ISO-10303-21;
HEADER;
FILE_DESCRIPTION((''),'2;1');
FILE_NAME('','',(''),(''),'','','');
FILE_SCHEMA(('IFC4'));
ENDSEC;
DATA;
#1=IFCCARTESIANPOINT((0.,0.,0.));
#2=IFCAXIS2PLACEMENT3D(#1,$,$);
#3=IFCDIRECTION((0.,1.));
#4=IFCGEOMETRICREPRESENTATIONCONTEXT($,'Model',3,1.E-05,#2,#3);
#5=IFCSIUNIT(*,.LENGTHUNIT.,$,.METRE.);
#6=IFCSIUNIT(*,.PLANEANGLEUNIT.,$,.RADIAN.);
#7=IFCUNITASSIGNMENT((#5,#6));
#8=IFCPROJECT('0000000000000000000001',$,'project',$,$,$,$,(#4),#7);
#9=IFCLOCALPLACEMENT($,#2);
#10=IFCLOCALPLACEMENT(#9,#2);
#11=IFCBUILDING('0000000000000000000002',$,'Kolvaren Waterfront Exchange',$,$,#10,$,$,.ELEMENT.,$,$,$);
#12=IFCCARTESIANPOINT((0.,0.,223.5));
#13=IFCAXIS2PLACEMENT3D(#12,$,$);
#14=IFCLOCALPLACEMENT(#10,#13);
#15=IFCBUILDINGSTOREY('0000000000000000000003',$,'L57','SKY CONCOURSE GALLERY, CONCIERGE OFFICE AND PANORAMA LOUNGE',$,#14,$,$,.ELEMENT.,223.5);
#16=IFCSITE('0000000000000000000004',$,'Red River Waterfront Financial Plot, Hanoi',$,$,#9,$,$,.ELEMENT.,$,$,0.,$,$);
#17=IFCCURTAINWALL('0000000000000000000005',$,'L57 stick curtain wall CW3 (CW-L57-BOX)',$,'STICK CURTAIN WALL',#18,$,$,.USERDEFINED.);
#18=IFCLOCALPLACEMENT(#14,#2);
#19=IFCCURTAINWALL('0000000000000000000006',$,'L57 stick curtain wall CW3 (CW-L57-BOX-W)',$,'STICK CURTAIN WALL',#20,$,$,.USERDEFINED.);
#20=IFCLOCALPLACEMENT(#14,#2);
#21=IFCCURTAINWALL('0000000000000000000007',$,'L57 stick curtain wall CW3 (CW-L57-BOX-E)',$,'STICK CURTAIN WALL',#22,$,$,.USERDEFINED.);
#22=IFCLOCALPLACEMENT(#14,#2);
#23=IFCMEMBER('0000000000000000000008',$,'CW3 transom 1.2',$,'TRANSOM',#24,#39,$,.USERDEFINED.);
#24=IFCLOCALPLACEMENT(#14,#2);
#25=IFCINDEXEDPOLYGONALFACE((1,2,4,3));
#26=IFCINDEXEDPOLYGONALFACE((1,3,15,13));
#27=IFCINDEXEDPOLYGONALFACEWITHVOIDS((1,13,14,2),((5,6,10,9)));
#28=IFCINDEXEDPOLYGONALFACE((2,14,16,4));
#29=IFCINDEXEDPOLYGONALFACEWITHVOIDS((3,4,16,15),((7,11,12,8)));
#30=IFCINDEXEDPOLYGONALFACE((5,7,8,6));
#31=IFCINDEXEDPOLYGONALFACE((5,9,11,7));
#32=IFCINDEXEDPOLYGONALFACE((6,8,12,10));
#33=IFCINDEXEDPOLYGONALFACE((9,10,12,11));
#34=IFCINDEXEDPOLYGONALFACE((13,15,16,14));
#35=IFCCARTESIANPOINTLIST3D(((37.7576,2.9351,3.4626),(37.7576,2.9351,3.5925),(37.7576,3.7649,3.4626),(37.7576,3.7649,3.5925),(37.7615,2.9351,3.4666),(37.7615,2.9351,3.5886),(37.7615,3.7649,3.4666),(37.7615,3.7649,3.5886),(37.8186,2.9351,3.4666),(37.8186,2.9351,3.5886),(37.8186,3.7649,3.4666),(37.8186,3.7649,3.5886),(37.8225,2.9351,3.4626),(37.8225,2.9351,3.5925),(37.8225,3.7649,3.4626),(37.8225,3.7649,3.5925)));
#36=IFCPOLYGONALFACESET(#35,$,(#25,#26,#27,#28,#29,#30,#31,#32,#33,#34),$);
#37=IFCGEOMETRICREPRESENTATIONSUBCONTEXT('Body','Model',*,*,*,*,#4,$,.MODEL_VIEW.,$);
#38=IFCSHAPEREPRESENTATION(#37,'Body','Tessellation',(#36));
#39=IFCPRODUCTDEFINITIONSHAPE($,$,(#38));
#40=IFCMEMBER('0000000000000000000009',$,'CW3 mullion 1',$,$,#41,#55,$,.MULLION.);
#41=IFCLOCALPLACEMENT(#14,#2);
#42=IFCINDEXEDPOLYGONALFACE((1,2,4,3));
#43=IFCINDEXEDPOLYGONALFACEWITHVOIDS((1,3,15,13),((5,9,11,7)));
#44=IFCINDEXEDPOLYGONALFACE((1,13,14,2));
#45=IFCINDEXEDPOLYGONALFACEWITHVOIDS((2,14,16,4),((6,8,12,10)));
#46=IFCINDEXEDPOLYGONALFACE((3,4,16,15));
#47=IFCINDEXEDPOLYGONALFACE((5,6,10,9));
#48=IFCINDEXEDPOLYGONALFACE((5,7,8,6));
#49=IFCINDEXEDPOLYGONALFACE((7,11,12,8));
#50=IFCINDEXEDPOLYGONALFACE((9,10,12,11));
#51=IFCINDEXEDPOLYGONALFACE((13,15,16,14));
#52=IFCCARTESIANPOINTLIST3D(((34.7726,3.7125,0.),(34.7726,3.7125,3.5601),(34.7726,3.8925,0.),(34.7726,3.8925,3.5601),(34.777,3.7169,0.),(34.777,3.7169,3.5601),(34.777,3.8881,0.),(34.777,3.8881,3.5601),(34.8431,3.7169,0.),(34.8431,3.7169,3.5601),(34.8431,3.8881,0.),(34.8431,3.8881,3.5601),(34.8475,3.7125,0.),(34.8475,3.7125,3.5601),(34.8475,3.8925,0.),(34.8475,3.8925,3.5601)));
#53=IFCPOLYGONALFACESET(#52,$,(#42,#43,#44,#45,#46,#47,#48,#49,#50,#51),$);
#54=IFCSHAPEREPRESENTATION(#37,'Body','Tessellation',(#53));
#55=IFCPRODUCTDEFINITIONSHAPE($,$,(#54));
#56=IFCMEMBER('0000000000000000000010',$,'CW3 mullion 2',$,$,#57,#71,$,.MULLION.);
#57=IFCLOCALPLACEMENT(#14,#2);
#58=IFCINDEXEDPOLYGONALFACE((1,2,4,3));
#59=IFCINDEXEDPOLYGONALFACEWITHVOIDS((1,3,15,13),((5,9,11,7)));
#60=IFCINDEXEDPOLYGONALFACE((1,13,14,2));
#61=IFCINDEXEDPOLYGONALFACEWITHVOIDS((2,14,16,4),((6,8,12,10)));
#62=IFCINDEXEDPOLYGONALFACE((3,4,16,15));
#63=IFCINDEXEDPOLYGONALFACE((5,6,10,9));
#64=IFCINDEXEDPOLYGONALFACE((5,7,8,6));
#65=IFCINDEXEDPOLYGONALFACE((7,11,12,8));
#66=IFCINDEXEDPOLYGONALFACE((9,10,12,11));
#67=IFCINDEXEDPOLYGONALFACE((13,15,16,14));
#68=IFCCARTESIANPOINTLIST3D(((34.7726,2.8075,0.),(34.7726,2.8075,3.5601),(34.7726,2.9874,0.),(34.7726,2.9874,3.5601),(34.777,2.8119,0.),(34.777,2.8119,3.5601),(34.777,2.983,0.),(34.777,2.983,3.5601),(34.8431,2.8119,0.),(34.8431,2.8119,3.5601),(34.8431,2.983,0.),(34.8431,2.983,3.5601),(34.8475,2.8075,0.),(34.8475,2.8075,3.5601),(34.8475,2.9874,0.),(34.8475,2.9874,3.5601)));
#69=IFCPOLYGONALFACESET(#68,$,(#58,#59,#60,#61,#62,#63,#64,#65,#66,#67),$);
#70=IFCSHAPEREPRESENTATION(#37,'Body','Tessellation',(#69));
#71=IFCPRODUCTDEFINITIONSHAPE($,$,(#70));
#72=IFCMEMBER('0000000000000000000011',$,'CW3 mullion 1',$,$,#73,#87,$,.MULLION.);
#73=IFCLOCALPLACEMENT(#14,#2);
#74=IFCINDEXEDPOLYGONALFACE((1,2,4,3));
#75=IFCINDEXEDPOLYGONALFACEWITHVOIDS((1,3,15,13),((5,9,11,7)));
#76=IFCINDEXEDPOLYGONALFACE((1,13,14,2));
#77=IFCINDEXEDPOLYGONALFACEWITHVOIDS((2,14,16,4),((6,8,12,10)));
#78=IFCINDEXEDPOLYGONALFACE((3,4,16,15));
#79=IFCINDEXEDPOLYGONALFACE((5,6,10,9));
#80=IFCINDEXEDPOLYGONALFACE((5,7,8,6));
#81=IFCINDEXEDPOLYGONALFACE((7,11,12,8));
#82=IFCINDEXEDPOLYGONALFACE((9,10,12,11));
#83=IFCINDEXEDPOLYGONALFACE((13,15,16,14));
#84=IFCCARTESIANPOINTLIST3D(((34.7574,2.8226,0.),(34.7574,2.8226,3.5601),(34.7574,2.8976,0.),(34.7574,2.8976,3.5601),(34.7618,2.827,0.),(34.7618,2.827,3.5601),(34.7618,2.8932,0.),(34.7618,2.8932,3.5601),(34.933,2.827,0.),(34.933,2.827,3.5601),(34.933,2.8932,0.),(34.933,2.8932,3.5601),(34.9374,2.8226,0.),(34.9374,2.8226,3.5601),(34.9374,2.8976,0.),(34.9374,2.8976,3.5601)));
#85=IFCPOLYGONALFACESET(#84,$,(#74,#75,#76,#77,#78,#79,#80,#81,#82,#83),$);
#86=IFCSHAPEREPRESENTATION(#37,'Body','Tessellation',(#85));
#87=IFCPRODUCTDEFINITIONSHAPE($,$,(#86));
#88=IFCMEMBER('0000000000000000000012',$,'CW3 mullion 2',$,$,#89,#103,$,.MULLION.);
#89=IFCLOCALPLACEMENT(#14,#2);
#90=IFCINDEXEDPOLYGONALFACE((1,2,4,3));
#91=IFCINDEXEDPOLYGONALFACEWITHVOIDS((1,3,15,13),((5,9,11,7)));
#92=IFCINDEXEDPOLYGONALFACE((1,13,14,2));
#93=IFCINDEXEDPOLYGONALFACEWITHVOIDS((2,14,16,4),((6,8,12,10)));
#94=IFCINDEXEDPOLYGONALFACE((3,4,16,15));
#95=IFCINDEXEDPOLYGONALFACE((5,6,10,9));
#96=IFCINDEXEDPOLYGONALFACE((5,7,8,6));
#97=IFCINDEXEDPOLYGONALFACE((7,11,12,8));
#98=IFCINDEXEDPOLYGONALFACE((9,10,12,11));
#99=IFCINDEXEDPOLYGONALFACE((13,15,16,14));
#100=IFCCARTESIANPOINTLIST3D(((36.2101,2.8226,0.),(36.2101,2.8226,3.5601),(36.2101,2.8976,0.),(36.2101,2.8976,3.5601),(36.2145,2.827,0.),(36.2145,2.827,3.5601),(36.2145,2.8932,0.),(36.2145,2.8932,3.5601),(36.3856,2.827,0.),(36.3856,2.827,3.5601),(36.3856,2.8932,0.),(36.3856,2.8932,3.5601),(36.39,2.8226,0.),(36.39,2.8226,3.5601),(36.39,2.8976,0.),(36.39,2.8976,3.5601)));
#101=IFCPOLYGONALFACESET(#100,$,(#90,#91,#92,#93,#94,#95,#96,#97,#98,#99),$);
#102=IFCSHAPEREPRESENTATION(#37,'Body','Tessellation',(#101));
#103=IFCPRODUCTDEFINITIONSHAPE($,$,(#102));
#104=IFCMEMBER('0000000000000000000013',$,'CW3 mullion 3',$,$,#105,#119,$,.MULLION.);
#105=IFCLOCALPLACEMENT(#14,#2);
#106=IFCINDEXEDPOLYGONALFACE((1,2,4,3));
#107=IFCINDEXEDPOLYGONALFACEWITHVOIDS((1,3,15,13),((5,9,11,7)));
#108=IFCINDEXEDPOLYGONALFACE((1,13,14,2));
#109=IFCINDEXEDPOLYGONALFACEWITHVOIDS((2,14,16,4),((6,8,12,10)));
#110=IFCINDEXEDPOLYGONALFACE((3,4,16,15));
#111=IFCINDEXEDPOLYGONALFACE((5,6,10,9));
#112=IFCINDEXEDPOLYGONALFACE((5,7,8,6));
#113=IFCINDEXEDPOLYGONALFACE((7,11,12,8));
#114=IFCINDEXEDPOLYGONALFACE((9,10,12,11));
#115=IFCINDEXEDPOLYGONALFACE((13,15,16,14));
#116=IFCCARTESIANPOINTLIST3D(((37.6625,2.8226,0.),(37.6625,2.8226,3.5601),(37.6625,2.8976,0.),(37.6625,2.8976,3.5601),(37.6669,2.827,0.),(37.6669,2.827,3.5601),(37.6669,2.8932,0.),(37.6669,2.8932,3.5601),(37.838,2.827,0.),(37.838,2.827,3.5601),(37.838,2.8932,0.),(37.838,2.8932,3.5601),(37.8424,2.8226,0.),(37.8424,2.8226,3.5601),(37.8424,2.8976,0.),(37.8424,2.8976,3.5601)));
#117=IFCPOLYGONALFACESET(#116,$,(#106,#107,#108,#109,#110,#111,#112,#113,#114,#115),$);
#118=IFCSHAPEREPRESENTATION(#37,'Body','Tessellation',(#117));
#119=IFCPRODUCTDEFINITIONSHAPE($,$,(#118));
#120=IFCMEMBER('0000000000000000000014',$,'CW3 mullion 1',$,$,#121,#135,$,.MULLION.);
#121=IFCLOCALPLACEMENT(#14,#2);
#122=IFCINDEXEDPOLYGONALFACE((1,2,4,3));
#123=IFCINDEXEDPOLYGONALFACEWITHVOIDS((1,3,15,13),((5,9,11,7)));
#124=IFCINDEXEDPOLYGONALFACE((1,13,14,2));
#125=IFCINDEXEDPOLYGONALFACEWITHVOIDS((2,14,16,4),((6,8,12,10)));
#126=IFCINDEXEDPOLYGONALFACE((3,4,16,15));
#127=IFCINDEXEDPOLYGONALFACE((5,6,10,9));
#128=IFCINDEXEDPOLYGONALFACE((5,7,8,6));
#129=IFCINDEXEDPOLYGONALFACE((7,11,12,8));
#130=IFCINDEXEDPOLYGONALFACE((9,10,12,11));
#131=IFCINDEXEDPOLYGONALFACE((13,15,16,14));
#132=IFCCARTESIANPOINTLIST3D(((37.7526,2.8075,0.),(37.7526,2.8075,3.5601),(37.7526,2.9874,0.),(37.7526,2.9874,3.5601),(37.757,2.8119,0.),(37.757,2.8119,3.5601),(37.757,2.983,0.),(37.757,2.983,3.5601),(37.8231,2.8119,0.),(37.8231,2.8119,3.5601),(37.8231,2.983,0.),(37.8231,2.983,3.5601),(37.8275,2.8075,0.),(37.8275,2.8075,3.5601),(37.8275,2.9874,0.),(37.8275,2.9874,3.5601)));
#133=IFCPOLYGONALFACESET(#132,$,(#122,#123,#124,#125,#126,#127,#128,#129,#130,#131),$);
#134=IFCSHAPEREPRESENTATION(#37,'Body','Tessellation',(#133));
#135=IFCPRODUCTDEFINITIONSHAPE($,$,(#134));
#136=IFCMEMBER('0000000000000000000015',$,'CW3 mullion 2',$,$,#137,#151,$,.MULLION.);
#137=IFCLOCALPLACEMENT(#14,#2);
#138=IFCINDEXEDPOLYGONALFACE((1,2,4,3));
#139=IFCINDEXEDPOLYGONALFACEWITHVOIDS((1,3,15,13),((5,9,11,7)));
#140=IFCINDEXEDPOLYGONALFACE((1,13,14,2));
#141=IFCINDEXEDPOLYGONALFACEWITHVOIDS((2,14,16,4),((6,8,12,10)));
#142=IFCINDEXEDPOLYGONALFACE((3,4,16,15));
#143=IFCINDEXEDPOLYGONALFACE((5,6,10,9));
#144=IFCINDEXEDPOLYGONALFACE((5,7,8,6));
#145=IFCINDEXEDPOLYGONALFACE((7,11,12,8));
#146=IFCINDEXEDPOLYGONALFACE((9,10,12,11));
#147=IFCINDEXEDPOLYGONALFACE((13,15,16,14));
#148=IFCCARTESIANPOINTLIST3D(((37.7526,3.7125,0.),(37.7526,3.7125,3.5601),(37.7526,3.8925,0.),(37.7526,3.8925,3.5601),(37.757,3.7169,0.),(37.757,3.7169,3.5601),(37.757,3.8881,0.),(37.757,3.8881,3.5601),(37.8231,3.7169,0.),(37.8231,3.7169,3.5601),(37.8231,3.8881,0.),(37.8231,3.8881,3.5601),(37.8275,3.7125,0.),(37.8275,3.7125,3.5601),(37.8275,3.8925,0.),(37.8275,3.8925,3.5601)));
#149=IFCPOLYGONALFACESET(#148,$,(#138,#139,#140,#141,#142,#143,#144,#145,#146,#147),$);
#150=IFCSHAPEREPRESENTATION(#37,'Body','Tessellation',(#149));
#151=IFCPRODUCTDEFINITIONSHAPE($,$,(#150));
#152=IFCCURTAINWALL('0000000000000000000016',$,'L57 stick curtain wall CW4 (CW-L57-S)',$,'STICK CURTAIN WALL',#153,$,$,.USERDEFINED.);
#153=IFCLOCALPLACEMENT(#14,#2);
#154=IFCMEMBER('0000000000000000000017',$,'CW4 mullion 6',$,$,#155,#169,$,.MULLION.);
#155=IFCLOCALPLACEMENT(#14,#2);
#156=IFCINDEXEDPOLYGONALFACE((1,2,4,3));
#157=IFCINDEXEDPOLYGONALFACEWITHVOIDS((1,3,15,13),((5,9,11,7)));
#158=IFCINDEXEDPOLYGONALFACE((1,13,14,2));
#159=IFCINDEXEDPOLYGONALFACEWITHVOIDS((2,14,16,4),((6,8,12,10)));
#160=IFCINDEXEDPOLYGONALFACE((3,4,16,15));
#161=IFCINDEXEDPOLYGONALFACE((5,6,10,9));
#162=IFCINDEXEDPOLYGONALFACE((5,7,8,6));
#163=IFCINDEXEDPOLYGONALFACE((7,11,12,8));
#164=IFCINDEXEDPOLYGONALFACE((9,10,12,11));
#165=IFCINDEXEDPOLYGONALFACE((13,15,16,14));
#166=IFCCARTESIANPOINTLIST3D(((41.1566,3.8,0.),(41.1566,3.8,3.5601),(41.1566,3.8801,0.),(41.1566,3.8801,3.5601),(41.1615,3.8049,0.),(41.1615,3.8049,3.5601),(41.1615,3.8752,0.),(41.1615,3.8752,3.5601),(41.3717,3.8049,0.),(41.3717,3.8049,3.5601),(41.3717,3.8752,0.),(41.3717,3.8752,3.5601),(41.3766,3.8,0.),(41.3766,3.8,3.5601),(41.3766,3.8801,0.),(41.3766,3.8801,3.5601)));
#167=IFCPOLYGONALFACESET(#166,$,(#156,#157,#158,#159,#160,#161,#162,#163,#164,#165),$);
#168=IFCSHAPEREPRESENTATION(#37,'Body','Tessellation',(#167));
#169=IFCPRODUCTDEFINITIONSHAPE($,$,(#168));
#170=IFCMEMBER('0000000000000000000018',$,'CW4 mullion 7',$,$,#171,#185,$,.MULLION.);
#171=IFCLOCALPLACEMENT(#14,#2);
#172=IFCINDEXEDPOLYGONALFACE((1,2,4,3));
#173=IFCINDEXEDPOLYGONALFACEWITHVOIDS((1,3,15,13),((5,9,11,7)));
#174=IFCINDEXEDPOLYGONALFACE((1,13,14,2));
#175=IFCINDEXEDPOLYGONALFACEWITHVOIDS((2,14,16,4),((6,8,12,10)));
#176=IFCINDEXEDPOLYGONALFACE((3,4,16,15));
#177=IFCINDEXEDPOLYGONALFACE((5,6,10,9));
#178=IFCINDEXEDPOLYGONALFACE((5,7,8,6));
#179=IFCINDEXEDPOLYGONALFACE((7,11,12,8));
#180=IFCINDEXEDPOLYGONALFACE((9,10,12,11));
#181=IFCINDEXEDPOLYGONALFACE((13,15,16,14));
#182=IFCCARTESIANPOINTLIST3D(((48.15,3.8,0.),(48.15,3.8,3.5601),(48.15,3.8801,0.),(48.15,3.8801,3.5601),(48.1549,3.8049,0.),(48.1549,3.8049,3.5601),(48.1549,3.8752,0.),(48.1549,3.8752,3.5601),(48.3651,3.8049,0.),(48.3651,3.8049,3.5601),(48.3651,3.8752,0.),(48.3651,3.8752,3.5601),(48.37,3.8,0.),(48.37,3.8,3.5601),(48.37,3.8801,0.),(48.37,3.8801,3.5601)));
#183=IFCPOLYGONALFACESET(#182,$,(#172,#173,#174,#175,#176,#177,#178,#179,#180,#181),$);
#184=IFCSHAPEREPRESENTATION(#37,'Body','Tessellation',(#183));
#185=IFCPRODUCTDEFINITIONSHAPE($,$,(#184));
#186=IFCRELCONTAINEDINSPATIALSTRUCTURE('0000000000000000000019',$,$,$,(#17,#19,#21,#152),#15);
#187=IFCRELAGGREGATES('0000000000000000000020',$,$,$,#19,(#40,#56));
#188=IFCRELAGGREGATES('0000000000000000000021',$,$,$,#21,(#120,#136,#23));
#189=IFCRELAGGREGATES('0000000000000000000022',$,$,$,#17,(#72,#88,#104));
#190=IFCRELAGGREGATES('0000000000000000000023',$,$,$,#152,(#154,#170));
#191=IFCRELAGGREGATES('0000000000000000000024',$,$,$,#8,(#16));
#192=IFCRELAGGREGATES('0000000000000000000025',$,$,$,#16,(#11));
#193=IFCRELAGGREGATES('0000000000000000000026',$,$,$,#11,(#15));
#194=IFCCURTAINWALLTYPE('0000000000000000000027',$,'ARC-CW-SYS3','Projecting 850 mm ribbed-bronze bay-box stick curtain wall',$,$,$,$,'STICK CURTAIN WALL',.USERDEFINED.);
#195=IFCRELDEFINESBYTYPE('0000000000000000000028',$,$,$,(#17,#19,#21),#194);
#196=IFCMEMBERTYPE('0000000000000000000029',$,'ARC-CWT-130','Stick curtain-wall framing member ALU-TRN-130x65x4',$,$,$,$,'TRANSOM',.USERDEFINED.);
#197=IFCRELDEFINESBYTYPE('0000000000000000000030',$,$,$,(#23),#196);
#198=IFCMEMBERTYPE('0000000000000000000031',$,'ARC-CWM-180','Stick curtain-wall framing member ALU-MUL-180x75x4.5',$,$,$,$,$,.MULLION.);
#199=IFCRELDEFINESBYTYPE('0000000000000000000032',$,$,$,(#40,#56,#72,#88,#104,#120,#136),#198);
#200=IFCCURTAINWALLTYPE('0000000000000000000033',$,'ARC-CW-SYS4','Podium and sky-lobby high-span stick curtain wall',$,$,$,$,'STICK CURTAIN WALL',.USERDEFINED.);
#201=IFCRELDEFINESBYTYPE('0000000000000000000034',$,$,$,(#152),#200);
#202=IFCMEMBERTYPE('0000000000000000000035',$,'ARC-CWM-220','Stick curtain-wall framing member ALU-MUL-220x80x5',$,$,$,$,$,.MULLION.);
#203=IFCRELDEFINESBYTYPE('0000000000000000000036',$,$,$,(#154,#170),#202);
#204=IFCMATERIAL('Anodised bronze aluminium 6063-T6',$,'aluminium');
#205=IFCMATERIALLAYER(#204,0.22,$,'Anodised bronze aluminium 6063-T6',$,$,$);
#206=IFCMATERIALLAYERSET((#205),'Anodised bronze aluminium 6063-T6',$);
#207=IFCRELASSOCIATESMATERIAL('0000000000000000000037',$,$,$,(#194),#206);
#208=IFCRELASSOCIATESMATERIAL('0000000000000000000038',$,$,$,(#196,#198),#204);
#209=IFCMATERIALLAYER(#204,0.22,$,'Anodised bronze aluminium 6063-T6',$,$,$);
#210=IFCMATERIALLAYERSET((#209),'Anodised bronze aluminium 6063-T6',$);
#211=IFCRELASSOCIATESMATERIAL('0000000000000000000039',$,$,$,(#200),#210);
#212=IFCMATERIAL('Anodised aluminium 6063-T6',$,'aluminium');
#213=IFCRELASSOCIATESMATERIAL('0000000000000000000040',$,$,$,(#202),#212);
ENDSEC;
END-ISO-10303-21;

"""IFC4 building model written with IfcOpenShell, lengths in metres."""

from ifc_helpers import new_model, si_unit, direction, frame, origin, origin_with_axes, origin_2d, place, context, subcontext, project, spatial, hollow_rectangle, extrude, source, transform, mapped, material, layer, layer_set, material_profile, profile_set, type_object, element, aggregate, save


model = new_model("IFC4")

# Units and contexts
model_context = context("Model", 3, precision=1e-05, world=origin(), true_north=direction((0.0, 1.0)))
body_context = subcontext(model_context, "Body", "Model", "MODEL_VIEW")
ifc_project = project(units=[si_unit("LENGTHUNIT", "METRE"), si_unit("PLANEANGLEUNIT", "RADIAN")], contexts=[model_context])

# Site, building, storey
site_placement = place(None, origin())
site = spatial("IfcSite", under=ifc_project, at=site_placement, Name="Red River Waterfront Financial Plot, Hanoi", CompositionType="ELEMENT", RefElevation=0.0)
building_placement = place(site_placement, origin())
building = spatial("IfcBuilding", under=site, at=building_placement, Name="Kolvaren Waterfront Exchange", CompositionType="ELEMENT")
storey_placement = place(building_placement, frame((0.0, 0.0, 223.5)))
storey = spatial("IfcBuildingStorey", under=building, at=storey_placement, Name="L57", Description="SKY CONCOURSE GALLERY, CONCIERGE OFFICE AND PANORAMA LOUNGE", CompositionType="ELEMENT", Elevation=223.5)

# Curtain walls, member
ifc_material_1 = material(Name="Anodised bronze aluminium 6063-T6", Category="aluminium")
ifc_layer_1 = layer(ifc_material_1, 0.22, Name="Anodised bronze aluminium 6063-T6")
ifc_layer_set_1 = layer_set([ifc_layer_1], Name="Anodised bronze aluminium 6063-T6")
curtain_wall_type_1 = type_object("IfcCurtainWallType", Name="ARC-CW-SYS3", Description="Projecting 850 mm ribbed-bronze bay-box stick curtain wall", ElementType="STICK CURTAIN WALL", PredefinedType="USERDEFINED", material=ifc_layer_set_1)
curtain_wall_1_placement = place(storey_placement, origin())
curtain_wall_1 = element("IfcCurtainWall", 1, at=curtain_wall_1_placement, inside=storey, type_object=curtain_wall_type_1, Name="L57 stick curtain wall CW3 (CW-L57-BOX)", ObjectType="STICK CURTAIN WALL", PredefinedType="USERDEFINED")
ifc_material_profile_1 = material_profile(ifc_material_1, hollow_rectangle(XDim=0.0649, YDim=0.1299, WallThickness=0.0039, at=origin_2d()), Name="ALU-TRN-130x65x4")
ifc_profile_set_1 = profile_set([ifc_material_profile_1], Name="Anodised bronze aluminium 6063-T6")
member_type_1 = type_object("IfcMemberType", Name="ARC-CWT-130", Description="Stick curtain-wall framing member ALU-TRN-130x65x4", ElementType="TRANSOM", PredefinedType="USERDEFINED", material=ifc_profile_set_1)
curtain_wall_2_placement = place(storey_placement, origin())
curtain_wall_2 = element("IfcCurtainWall", 2, at=curtain_wall_2_placement, inside=storey, type_object=curtain_wall_type_1, Name="L57 stick curtain wall CW3 (CW-L57-BOX-W)", ObjectType="STICK CURTAIN WALL", PredefinedType="USERDEFINED")
shared_shape_1 = source(origin_with_axes(), body_context, "Body", "SweptSolid", [
    extrude(hollow_rectangle(XDim=0.0649, YDim=0.1299, WallThickness=0.0039, at=origin_2d()), origin(), (0.0, 0.0, 1.0), 0.8298),
])
curtain_wall_3_placement = place(storey_placement, origin())
curtain_wall_3 = element("IfcCurtainWall", 3, at=curtain_wall_3_placement, inside=storey, type_object=curtain_wall_type_1, Name="L57 stick curtain wall CW3 (CW-L57-BOX-E)", ObjectType="STICK CURTAIN WALL", PredefinedType="USERDEFINED")
member_1_placement = place(storey_placement, frame((37.79, 2.9351, 3.5276), z_axis=(0.0, 1.0, 0.0), x_axis=(-1.0, 0.0, 0.0)))
member_1 = element("IfcMember", 4, at=member_1_placement, type_object=member_type_1, Name="CW3 transom 1.2", ObjectType="TRANSOM", PredefinedType="USERDEFINED", context=body_context, shape_type="MappedRepresentation", body=[
    mapped(shared_shape_1, transform((0.0, 0.0, 0.0), x_axis=(1.0, 0.0, 0.0), y_axis=(0.0, 1.0, 0.0), z_axis=(0.0, 0.0, 1.0), scale=1.0)),
])

# Members
ifc_material_profile_2 = material_profile(ifc_material_1, hollow_rectangle(XDim=0.075, YDim=0.1799, WallThickness=0.0044, at=origin_2d()), Name="ALU-MUL-180x75x4.5")
ifc_profile_set_2 = profile_set([ifc_material_profile_2], Name="Anodised bronze aluminium 6063-T6")
member_type_2 = type_object("IfcMemberType", Name="ARC-CWM-180", Description="Stick curtain-wall framing member ALU-MUL-180x75x4.5", PredefinedType="MULLION", material=ifc_profile_set_2)
shared_shape_2 = source(origin_with_axes(), body_context, "Body", "SweptSolid", [
    extrude(hollow_rectangle(XDim=0.075, YDim=0.1799, WallThickness=0.0044, at=origin_2d()), origin(), (0.0, 0.0, 1.0), 3.5601),
])
member_2_placement = place(storey_placement, frame((34.8101, 3.8025, 0.0), z_axis=(0.0, 0.0, 1.0), x_axis=(1.0, 0.0, 0.0)))
member_2 = element("IfcMember", 5, at=member_2_placement, type_object=member_type_2, Name="CW3 mullion 1", PredefinedType="MULLION", context=body_context, shape_type="MappedRepresentation", body=[
    mapped(shared_shape_2, transform((0.0, 0.0, 0.0), x_axis=(1.0, 0.0, 0.0), y_axis=(0.0, 1.0, 0.0), z_axis=(0.0, 0.0, 1.0), scale=1.0)),
])
member_3_placement = place(storey_placement, frame((34.8101, 2.8975, 0.0), z_axis=(0.0, 0.0, 1.0), x_axis=(1.0, 0.0, 0.0)))
member_3 = element("IfcMember", 6, at=member_3_placement, type_object=member_type_2, Name="CW3 mullion 2", PredefinedType="MULLION", context=body_context, shape_type="MappedRepresentation", body=[
    mapped(shared_shape_2, transform((0.0, 0.0, 0.0), x_axis=(1.0, 0.0, 0.0), y_axis=(0.0, 1.0, 0.0), z_axis=(0.0, 0.0, 1.0), scale=1.0)),
])
member_4_placement = place(storey_placement, frame((34.8474, 2.8601, 0.0), z_axis=(0.0, 0.0, 1.0), x_axis=(0.0, 1.0, 0.0)))
member_4 = element("IfcMember", 7, at=member_4_placement, type_object=member_type_2, Name="CW3 mullion 1", PredefinedType="MULLION", context=body_context, shape_type="MappedRepresentation", body=[
    mapped(shared_shape_2, transform((0.0, 0.0, 0.0), x_axis=(1.0, 0.0, 0.0), y_axis=(0.0, 1.0, 0.0), z_axis=(0.0, 0.0, 1.0), scale=1.0)),
])
member_5_placement = place(storey_placement, frame((36.3, 2.8601, 0.0), z_axis=(0.0, 0.0, 1.0), x_axis=(0.0, 1.0, 0.0)))
member_5 = element("IfcMember", 8, at=member_5_placement, type_object=member_type_2, Name="CW3 mullion 2", PredefinedType="MULLION", context=body_context, shape_type="MappedRepresentation", body=[
    mapped(shared_shape_2, transform((0.0, 0.0, 0.0), x_axis=(1.0, 0.0, 0.0), y_axis=(0.0, 1.0, 0.0), z_axis=(0.0, 0.0, 1.0), scale=1.0)),
])
member_6_placement = place(storey_placement, frame((37.7524, 2.8601, 0.0), z_axis=(0.0, 0.0, 1.0), x_axis=(0.0, 1.0, 0.0)))
member_6 = element("IfcMember", 9, at=member_6_placement, type_object=member_type_2, Name="CW3 mullion 3", PredefinedType="MULLION", context=body_context, shape_type="MappedRepresentation", body=[
    mapped(shared_shape_2, transform((0.0, 0.0, 0.0), x_axis=(1.0, 0.0, 0.0), y_axis=(0.0, 1.0, 0.0), z_axis=(0.0, 0.0, 1.0), scale=1.0)),
])
member_7_placement = place(storey_placement, frame((37.79, 2.8975, 0.0), z_axis=(0.0, 0.0, 1.0), x_axis=(-1.0, 0.0, 0.0)))
member_7 = element("IfcMember", 10, at=member_7_placement, type_object=member_type_2, Name="CW3 mullion 1", PredefinedType="MULLION", context=body_context, shape_type="MappedRepresentation", body=[
    mapped(shared_shape_2, transform((0.0, 0.0, 0.0), x_axis=(1.0, 0.0, 0.0), y_axis=(0.0, 1.0, 0.0), z_axis=(0.0, 0.0, 1.0), scale=1.0)),
])
member_8_placement = place(storey_placement, frame((37.79, 3.8025, 0.0), z_axis=(0.0, 0.0, 1.0), x_axis=(-1.0, 0.0, 0.0)))
member_8 = element("IfcMember", 11, at=member_8_placement, type_object=member_type_2, Name="CW3 mullion 2", PredefinedType="MULLION", context=body_context, shape_type="MappedRepresentation", body=[
    mapped(shared_shape_2, transform((0.0, 0.0, 0.0), x_axis=(1.0, 0.0, 0.0), y_axis=(0.0, 1.0, 0.0), z_axis=(0.0, 0.0, 1.0), scale=1.0)),
])

# Curtain wall, members
ifc_layer_2 = layer(ifc_material_1, 0.22, Name="Anodised bronze aluminium 6063-T6")
ifc_layer_set_2 = layer_set([ifc_layer_2], Name="Anodised bronze aluminium 6063-T6")
curtain_wall_type_2 = type_object("IfcCurtainWallType", Name="ARC-CW-SYS4", Description="Podium and sky-lobby high-span stick curtain wall", ElementType="STICK CURTAIN WALL", PredefinedType="USERDEFINED", material=ifc_layer_set_2)
curtain_wall_4_placement = place(storey_placement, origin())
curtain_wall_4 = element("IfcCurtainWall", 12, at=curtain_wall_4_placement, inside=storey, type_object=curtain_wall_type_2, Name="L57 stick curtain wall CW4 (CW-L57-S)", ObjectType="STICK CURTAIN WALL", PredefinedType="USERDEFINED")
ifc_material_2 = material(Name="Anodised aluminium 6063-T6", Category="aluminium")
ifc_material_profile_3 = material_profile(ifc_material_2, hollow_rectangle(XDim=0.0801, YDim=0.22, WallThickness=0.0049, at=origin_2d()), Name="ALU-MUL-220x80x5")
ifc_profile_set_3 = profile_set([ifc_material_profile_3], Name="Anodised aluminium 6063-T6")
member_type_3 = type_object("IfcMemberType", Name="ARC-CWM-220", Description="Stick curtain-wall framing member ALU-MUL-220x80x5", PredefinedType="MULLION", material=ifc_profile_set_3)
shared_shape_3 = source(origin_with_axes(), body_context, "Body", "SweptSolid", [
    extrude(hollow_rectangle(XDim=0.0801, YDim=0.22, WallThickness=0.0049, at=origin_2d()), origin(), (0.0, 0.0, 1.0), 3.5601),
])
member_9_placement = place(storey_placement, frame((41.2666, 3.8401, 0.0), z_axis=(0.0, 0.0, 1.0), x_axis=(0.0, 1.0, 0.0)))
member_9 = element("IfcMember", 13, at=member_9_placement, type_object=member_type_3, Name="CW4 mullion 6", PredefinedType="MULLION", context=body_context, shape_type="MappedRepresentation", body=[
    mapped(shared_shape_3, transform((0.0, 0.0, 0.0), x_axis=(1.0, 0.0, 0.0), y_axis=(0.0, 1.0, 0.0), z_axis=(0.0, 0.0, 1.0), scale=1.0)),
])
member_10_placement = place(storey_placement, frame((48.26, 3.8401, 0.0), z_axis=(0.0, 0.0, 1.0), x_axis=(0.0, 1.0, 0.0)))
member_10 = element("IfcMember", 14, at=member_10_placement, type_object=member_type_3, Name="CW4 mullion 7", PredefinedType="MULLION", context=body_context, shape_type="MappedRepresentation", body=[
    mapped(shared_shape_3, transform((0.0, 0.0, 0.0), x_axis=(1.0, 0.0, 0.0), y_axis=(0.0, 1.0, 0.0), z_axis=(0.0, 0.0, 1.0), scale=1.0)),
])

aggregate(curtain_wall_2, [member_2, member_3])
aggregate(curtain_wall_3, [member_7, member_8, member_1])
aggregate(curtain_wall_1, [member_4, member_5, member_6])
aggregate(curtain_wall_4, [member_9, member_10])

save(model, "model.ifc")
